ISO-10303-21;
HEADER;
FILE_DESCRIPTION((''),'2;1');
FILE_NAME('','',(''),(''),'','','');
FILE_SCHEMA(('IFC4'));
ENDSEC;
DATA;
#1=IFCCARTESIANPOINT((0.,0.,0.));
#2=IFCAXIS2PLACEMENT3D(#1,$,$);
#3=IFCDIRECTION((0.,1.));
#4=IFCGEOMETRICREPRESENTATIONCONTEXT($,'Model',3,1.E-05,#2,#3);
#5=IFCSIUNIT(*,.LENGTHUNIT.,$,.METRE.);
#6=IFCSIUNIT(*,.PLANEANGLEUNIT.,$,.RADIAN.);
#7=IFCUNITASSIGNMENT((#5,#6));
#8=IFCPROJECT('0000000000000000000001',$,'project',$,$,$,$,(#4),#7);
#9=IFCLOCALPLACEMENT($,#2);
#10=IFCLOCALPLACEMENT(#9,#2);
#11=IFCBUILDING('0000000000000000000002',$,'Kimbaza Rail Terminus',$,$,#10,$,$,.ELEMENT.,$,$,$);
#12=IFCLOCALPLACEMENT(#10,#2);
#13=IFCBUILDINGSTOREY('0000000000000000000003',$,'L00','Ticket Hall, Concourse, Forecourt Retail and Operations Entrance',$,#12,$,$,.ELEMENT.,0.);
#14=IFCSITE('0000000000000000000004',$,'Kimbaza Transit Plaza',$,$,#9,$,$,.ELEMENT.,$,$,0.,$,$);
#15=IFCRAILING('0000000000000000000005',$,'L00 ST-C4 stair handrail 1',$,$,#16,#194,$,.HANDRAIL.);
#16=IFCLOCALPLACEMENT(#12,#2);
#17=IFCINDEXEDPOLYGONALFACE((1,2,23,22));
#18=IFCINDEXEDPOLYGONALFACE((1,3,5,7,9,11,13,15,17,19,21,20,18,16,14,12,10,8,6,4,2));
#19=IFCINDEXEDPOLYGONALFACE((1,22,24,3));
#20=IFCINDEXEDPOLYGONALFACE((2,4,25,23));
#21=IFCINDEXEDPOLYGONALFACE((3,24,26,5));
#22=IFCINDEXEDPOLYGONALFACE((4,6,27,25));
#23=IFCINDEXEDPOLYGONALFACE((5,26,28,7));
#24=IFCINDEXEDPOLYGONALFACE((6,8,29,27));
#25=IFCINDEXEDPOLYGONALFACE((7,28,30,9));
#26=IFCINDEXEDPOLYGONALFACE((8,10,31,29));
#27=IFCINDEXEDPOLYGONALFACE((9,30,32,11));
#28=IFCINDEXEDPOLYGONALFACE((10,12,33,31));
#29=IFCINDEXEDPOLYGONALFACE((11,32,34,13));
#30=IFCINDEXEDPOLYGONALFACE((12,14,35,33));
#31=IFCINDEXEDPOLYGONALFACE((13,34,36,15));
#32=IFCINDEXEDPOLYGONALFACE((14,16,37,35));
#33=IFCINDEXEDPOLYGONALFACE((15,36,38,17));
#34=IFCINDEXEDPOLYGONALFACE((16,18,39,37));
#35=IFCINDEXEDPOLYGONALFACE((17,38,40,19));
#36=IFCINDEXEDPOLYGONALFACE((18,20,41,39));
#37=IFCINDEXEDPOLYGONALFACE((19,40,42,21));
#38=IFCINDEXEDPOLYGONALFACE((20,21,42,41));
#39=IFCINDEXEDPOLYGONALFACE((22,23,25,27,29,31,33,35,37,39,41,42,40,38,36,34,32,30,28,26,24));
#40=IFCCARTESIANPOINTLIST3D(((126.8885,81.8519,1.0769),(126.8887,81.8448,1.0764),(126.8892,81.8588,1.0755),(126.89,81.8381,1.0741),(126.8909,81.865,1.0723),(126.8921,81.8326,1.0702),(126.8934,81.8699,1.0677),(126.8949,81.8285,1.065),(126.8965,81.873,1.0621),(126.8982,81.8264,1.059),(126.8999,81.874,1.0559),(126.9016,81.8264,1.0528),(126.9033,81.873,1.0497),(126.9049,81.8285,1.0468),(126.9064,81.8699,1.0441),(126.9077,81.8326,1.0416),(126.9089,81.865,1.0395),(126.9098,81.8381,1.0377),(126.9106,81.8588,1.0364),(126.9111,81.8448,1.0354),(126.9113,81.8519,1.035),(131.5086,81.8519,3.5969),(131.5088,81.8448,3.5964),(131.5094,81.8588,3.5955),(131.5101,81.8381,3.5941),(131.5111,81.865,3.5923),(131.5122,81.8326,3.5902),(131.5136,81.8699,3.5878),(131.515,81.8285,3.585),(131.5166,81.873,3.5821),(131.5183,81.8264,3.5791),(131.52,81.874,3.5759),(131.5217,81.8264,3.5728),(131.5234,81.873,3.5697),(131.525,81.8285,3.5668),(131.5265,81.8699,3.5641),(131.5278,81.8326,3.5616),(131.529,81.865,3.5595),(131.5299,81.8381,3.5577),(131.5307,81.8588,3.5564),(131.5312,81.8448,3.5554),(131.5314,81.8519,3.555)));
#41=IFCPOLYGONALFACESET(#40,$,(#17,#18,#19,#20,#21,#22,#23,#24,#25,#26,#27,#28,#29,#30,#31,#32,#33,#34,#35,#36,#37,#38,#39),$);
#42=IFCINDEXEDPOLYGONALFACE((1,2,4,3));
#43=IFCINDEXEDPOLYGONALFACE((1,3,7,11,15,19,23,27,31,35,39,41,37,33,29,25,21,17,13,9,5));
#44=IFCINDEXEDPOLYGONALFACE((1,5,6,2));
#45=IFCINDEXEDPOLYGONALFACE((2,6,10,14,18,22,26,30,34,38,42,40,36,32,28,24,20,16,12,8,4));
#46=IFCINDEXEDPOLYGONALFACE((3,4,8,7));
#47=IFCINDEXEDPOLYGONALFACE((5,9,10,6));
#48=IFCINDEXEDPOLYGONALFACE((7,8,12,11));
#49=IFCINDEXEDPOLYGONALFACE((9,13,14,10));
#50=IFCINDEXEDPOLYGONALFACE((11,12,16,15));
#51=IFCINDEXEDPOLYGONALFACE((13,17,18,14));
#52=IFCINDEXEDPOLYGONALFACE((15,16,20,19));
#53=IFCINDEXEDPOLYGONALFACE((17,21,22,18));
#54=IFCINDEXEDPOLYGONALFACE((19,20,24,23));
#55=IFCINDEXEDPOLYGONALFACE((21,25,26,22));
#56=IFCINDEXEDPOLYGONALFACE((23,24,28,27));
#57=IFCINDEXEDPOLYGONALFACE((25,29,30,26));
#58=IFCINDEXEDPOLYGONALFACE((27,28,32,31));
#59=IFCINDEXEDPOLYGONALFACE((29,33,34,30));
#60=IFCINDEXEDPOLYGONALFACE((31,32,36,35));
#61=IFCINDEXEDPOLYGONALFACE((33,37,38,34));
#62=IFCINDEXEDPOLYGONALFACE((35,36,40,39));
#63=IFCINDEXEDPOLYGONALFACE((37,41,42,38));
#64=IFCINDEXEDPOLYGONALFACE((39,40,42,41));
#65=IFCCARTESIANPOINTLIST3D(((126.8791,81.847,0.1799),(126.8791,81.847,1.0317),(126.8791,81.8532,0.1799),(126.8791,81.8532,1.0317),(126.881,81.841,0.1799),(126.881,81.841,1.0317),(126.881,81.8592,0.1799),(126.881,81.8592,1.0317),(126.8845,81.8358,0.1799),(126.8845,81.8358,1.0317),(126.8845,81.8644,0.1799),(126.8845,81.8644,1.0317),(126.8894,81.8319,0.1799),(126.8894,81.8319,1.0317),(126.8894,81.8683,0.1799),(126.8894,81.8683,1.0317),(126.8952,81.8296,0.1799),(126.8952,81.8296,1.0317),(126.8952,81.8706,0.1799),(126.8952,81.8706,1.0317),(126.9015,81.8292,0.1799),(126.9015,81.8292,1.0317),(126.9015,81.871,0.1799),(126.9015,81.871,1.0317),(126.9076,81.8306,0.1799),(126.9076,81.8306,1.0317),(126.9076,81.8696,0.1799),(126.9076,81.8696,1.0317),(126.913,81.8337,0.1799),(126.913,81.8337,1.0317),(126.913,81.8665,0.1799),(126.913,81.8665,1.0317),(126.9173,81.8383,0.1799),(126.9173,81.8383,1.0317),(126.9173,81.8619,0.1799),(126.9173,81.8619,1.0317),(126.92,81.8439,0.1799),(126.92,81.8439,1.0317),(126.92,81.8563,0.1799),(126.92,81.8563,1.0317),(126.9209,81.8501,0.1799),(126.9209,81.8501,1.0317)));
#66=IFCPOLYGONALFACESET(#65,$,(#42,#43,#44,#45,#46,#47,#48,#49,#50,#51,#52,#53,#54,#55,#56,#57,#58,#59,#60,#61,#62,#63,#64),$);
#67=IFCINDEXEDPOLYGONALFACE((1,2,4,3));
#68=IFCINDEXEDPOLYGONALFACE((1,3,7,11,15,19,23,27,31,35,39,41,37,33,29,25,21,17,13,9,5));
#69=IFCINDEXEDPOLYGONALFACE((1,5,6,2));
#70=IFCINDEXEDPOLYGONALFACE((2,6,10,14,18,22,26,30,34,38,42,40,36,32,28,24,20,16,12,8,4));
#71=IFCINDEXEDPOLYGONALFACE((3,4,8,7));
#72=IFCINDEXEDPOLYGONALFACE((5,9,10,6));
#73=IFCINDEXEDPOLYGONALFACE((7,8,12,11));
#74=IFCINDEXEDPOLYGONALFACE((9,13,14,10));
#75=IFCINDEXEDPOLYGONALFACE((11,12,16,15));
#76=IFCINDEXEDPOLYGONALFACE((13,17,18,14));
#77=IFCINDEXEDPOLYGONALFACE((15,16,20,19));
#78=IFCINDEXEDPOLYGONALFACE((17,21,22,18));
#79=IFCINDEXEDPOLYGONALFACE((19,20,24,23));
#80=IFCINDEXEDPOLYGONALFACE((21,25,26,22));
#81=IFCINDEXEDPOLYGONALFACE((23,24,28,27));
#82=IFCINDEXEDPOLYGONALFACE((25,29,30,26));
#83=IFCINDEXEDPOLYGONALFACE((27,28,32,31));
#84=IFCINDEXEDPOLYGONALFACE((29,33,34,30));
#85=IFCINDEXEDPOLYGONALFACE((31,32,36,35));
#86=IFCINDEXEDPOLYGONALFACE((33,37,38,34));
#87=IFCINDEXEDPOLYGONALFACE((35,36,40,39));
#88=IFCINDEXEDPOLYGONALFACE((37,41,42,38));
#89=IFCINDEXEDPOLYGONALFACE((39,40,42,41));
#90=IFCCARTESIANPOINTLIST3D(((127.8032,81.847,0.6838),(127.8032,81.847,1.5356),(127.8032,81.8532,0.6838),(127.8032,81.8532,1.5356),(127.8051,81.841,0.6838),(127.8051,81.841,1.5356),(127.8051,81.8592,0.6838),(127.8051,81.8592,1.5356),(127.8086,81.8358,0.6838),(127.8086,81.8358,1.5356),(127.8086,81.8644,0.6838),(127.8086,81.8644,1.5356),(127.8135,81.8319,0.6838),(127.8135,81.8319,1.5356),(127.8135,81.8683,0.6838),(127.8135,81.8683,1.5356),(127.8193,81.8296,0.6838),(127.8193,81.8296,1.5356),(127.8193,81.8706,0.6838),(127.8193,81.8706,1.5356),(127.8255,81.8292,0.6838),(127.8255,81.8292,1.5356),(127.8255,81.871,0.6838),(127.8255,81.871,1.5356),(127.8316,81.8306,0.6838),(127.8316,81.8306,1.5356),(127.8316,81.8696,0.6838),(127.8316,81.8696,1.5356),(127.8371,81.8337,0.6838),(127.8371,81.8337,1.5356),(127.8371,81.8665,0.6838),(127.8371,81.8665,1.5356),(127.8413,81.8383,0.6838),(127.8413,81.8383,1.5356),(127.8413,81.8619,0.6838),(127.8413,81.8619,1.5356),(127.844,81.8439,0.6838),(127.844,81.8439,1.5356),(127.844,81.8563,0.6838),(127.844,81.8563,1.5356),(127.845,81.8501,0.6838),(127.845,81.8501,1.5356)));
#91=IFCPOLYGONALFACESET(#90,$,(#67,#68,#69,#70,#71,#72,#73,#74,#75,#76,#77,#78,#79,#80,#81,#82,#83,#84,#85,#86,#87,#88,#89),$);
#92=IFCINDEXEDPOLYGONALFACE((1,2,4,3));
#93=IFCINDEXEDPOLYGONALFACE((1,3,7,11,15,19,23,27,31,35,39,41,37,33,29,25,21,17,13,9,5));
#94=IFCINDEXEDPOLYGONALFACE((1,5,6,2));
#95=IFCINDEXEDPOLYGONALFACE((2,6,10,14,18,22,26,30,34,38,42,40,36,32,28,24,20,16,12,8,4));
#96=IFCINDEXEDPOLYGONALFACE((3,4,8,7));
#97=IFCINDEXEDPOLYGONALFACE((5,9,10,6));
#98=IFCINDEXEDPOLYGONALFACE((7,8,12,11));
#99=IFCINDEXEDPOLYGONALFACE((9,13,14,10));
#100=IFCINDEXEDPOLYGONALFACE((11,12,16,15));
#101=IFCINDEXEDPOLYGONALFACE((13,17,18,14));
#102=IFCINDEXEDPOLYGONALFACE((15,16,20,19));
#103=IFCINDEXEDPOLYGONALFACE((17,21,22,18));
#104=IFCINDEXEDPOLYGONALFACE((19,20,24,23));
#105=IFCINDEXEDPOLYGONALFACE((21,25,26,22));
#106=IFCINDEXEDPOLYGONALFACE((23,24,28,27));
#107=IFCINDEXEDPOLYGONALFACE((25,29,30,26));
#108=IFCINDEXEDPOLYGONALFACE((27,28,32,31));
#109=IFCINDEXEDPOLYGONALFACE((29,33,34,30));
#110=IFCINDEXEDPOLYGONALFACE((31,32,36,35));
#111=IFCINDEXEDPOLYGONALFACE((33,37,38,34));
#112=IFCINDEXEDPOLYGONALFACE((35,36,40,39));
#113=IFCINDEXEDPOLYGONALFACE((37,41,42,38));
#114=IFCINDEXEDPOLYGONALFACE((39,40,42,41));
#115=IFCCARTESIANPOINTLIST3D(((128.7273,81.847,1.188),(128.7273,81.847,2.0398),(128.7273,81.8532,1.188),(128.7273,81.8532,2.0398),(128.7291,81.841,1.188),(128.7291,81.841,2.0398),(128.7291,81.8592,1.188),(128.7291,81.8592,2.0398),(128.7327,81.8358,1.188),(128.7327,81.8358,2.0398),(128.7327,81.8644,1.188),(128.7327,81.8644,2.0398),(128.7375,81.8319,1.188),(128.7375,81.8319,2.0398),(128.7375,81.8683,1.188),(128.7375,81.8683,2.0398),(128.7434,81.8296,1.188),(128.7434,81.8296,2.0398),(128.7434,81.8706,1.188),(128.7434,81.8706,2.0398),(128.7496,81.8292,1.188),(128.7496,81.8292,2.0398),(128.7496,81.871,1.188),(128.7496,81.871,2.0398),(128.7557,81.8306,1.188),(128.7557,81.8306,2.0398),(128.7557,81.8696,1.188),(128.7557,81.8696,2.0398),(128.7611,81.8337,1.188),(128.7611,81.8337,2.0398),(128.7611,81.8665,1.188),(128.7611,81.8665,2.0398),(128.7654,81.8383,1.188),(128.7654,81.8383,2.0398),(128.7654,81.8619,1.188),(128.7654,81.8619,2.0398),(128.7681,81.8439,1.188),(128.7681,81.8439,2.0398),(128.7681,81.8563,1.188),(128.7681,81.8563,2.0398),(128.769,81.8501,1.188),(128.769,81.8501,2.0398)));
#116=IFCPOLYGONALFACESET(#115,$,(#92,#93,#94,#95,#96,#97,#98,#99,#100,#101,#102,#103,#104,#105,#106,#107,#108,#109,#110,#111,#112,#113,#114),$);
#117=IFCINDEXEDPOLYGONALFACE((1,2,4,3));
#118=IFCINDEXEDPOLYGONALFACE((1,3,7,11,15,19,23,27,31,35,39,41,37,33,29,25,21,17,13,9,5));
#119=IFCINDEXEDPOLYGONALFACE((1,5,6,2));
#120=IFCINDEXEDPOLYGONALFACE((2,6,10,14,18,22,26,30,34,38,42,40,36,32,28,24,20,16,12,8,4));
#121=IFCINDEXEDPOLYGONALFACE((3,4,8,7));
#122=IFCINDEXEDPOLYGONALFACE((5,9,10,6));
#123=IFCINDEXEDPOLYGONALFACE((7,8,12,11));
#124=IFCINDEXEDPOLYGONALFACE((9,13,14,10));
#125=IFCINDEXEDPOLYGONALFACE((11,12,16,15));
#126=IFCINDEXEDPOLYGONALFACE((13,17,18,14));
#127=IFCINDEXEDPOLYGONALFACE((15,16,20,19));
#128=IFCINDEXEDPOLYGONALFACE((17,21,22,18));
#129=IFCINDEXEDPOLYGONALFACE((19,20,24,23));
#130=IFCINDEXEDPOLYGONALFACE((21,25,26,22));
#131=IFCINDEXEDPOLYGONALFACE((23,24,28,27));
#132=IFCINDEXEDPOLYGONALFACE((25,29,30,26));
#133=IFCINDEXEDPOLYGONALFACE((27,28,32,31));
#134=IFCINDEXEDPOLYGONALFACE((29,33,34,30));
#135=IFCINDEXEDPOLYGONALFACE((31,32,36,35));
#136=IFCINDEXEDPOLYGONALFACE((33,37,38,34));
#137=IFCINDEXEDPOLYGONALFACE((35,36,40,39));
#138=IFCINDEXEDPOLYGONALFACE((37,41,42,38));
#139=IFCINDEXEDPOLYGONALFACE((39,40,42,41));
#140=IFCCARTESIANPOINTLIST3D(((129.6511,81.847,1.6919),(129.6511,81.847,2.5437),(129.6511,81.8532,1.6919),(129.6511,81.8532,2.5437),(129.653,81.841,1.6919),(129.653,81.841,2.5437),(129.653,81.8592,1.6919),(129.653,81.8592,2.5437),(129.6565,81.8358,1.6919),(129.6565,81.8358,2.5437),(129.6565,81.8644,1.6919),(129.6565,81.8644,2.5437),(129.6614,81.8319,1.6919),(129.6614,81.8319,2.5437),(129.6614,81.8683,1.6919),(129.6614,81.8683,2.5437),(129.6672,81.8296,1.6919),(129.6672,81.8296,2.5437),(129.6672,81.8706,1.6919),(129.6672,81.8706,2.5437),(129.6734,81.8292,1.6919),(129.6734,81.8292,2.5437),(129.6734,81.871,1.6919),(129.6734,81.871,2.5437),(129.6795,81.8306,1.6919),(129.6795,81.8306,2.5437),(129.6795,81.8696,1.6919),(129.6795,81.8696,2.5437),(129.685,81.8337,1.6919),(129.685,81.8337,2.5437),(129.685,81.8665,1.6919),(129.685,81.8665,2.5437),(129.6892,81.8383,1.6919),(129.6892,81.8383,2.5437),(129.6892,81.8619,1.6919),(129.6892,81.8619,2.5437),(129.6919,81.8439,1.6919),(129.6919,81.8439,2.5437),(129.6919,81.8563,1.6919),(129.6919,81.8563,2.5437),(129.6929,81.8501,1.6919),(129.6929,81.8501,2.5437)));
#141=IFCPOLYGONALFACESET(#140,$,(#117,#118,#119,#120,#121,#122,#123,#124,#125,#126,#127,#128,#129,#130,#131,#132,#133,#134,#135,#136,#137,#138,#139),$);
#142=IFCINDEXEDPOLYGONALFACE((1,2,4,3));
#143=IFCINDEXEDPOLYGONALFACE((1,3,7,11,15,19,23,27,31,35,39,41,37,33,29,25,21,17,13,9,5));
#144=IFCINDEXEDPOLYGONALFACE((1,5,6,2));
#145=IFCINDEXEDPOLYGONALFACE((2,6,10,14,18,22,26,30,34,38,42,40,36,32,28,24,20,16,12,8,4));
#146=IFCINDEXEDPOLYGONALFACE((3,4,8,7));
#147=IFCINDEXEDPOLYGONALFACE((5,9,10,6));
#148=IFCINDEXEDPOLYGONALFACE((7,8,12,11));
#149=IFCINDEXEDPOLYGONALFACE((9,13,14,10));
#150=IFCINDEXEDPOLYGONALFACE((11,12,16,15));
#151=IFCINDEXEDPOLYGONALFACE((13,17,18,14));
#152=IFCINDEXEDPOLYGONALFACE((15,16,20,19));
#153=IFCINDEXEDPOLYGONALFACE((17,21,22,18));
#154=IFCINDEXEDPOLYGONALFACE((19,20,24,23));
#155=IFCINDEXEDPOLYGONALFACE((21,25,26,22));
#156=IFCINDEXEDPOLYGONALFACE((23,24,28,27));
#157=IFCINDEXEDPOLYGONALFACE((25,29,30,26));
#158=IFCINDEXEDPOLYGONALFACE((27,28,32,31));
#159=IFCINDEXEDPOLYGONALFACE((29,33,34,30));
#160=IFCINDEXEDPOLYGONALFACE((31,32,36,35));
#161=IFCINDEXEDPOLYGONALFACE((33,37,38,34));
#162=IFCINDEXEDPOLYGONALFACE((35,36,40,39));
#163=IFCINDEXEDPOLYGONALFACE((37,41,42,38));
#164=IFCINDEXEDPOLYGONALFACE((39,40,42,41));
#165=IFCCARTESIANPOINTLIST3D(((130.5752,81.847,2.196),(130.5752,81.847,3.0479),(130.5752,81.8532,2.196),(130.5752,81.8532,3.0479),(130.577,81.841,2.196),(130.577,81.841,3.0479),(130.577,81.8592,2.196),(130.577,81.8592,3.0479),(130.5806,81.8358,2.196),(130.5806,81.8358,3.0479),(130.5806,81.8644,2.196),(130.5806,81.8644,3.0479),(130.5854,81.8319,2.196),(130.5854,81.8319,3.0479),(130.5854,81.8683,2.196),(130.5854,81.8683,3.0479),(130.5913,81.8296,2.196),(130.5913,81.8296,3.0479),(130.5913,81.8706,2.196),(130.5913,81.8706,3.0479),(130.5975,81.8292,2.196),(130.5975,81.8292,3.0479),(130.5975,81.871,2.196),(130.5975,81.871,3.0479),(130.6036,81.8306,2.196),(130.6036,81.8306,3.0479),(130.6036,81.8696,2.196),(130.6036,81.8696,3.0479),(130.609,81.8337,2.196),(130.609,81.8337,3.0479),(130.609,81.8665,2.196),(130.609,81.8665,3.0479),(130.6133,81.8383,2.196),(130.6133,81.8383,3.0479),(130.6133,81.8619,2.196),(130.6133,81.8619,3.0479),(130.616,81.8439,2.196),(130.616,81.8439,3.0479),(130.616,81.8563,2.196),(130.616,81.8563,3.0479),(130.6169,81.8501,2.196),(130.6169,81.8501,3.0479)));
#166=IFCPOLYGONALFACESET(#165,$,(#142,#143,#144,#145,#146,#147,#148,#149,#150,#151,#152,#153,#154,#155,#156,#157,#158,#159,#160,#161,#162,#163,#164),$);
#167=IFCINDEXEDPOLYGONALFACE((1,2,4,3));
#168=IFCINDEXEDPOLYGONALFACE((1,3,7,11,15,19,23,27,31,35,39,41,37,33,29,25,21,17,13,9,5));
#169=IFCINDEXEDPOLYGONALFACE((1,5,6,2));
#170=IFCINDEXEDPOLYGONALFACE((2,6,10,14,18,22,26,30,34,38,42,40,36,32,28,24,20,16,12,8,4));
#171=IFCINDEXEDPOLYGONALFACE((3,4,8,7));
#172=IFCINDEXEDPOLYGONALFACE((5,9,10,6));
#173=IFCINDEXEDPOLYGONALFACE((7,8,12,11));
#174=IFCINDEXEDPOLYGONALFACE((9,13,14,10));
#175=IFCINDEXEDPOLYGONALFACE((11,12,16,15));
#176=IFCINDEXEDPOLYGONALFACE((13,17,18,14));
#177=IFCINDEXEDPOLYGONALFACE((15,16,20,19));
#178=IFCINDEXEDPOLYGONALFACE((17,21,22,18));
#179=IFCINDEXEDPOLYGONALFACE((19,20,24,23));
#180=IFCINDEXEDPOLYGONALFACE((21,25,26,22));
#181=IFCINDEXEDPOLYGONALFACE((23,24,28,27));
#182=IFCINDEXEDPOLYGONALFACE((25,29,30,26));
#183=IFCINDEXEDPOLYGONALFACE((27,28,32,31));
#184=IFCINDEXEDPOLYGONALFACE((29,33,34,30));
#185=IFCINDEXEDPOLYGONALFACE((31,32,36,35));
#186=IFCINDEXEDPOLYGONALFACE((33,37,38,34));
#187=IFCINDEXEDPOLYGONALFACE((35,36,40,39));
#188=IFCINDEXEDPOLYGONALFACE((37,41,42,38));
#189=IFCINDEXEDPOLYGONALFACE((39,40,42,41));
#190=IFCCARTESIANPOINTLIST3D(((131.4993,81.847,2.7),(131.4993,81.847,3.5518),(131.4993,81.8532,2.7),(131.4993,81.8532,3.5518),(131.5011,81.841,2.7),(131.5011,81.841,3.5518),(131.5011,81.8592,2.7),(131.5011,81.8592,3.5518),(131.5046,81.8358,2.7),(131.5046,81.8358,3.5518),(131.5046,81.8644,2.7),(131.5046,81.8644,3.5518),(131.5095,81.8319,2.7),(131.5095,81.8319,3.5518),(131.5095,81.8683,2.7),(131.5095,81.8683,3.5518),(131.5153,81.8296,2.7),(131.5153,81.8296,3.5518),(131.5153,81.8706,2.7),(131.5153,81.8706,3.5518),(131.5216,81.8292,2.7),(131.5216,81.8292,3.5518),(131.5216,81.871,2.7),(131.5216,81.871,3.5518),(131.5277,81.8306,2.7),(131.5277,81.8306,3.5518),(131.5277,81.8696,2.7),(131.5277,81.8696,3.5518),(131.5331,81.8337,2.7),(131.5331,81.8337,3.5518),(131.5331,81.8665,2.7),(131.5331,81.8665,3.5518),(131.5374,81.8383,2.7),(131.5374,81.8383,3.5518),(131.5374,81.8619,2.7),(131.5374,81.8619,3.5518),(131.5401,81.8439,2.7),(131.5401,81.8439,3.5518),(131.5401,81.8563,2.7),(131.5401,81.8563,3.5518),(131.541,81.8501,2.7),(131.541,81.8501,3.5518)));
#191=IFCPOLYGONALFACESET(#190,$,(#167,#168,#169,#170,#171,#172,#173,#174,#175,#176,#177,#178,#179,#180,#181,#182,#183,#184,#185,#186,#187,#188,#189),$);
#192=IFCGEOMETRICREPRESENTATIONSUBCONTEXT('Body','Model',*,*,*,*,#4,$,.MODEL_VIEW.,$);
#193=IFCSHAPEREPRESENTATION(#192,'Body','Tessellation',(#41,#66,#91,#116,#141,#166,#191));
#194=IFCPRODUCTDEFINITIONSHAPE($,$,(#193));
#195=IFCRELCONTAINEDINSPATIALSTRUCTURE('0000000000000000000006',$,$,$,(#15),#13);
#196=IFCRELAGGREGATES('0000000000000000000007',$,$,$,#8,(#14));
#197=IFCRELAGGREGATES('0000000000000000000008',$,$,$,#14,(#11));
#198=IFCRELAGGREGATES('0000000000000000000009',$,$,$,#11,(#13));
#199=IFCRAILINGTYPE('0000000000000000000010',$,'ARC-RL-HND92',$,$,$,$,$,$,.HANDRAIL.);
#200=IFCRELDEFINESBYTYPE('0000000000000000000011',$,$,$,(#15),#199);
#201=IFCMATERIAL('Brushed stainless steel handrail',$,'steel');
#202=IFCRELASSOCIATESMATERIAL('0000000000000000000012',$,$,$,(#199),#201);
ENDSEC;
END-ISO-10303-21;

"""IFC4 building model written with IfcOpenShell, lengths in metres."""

from ifc_helpers import new_model, si_unit, direction, frame, origin, origin_2d, place, context, subcontext, project, spatial, circle, extrude, material, type_object, element, save


model = new_model("IFC4")

# Units and contexts
model_context = context("Model", 3, precision=1e-05, world=origin(), true_north=direction((0.0, 1.0)))
body_context = subcontext(model_context, "Body", "Model", "MODEL_VIEW")
ifc_project = project(units=[si_unit("LENGTHUNIT", "METRE"), si_unit("PLANEANGLEUNIT", "RADIAN")], contexts=[model_context])

# Site, building, storey
site_placement = place(None, origin())
site = spatial("IfcSite", under=ifc_project, at=site_placement, Name="Kimbaza Transit Plaza", CompositionType="ELEMENT", RefElevation=0.0)
building_placement = place(site_placement, origin())
building = spatial("IfcBuilding", under=site, at=building_placement, Name="Kimbaza Rail Terminus", CompositionType="ELEMENT")
storey_placement = place(building_placement, origin())
storey = spatial("IfcBuildingStorey", under=building, at=storey_placement, Name="L00", Description="Ticket Hall, Concourse, Forecourt Retail and Operations Entrance", CompositionType="ELEMENT", Elevation=0.0)

# Railing
ifc_material_1 = material(Name="Brushed stainless steel handrail", Category="steel")
railing_type_1 = type_object("IfcRailingType", Name="ARC-RL-HND92", PredefinedType="HANDRAIL", material=ifc_material_1)
for number, where, name in (
    (1, (126.8999, 81.8501, 0.1799), "L00 ST-C4 stair handrail 1"),
):
    element("IfcRailing", number, at=place(storey_placement, frame(where)), inside=storey, type_object=railing_type_1, Name=name, PredefinedType="HANDRAIL", context=body_context, shape_type="SweptSolid", body=[
        extrude(circle(Radius=0.0239, at=origin_2d()), frame((0.0, 0.0, 0.876), z_axis=(0.877899, 0.0, 0.478846), x_axis=(0.0, 1.0, 0.0)), (0.0, 0.0, 1.0), 5.2627),
        extrude(circle(Radius=0.021, at=origin_2d()), origin(), (0.0, 0.0, 1.0), 0.8518),
        extrude(circle(Radius=0.021, at=origin_2d()), frame((0.9241, 0.0, 0.5039)), (0.0, 0.0, 1.0), 0.8518),
        extrude(circle(Radius=0.021, at=origin_2d()), frame((1.8481, 0.0, 1.0081)), (0.0, 0.0, 1.0), 0.8518),
        extrude(circle(Radius=0.021, at=origin_2d()), frame((2.772, 0.0, 1.512)), (0.0, 0.0, 1.0), 0.8518),
        extrude(circle(Radius=0.021, at=origin_2d()), frame((3.696, 0.0, 2.0161)), (0.0, 0.0, 1.0), 0.8518),
        extrude(circle(Radius=0.021, at=origin_2d()), frame((4.6201, 0.0, 2.52)), (0.0, 0.0, 1.0), 0.8518),
    ])

save(model, "model.ifc")
